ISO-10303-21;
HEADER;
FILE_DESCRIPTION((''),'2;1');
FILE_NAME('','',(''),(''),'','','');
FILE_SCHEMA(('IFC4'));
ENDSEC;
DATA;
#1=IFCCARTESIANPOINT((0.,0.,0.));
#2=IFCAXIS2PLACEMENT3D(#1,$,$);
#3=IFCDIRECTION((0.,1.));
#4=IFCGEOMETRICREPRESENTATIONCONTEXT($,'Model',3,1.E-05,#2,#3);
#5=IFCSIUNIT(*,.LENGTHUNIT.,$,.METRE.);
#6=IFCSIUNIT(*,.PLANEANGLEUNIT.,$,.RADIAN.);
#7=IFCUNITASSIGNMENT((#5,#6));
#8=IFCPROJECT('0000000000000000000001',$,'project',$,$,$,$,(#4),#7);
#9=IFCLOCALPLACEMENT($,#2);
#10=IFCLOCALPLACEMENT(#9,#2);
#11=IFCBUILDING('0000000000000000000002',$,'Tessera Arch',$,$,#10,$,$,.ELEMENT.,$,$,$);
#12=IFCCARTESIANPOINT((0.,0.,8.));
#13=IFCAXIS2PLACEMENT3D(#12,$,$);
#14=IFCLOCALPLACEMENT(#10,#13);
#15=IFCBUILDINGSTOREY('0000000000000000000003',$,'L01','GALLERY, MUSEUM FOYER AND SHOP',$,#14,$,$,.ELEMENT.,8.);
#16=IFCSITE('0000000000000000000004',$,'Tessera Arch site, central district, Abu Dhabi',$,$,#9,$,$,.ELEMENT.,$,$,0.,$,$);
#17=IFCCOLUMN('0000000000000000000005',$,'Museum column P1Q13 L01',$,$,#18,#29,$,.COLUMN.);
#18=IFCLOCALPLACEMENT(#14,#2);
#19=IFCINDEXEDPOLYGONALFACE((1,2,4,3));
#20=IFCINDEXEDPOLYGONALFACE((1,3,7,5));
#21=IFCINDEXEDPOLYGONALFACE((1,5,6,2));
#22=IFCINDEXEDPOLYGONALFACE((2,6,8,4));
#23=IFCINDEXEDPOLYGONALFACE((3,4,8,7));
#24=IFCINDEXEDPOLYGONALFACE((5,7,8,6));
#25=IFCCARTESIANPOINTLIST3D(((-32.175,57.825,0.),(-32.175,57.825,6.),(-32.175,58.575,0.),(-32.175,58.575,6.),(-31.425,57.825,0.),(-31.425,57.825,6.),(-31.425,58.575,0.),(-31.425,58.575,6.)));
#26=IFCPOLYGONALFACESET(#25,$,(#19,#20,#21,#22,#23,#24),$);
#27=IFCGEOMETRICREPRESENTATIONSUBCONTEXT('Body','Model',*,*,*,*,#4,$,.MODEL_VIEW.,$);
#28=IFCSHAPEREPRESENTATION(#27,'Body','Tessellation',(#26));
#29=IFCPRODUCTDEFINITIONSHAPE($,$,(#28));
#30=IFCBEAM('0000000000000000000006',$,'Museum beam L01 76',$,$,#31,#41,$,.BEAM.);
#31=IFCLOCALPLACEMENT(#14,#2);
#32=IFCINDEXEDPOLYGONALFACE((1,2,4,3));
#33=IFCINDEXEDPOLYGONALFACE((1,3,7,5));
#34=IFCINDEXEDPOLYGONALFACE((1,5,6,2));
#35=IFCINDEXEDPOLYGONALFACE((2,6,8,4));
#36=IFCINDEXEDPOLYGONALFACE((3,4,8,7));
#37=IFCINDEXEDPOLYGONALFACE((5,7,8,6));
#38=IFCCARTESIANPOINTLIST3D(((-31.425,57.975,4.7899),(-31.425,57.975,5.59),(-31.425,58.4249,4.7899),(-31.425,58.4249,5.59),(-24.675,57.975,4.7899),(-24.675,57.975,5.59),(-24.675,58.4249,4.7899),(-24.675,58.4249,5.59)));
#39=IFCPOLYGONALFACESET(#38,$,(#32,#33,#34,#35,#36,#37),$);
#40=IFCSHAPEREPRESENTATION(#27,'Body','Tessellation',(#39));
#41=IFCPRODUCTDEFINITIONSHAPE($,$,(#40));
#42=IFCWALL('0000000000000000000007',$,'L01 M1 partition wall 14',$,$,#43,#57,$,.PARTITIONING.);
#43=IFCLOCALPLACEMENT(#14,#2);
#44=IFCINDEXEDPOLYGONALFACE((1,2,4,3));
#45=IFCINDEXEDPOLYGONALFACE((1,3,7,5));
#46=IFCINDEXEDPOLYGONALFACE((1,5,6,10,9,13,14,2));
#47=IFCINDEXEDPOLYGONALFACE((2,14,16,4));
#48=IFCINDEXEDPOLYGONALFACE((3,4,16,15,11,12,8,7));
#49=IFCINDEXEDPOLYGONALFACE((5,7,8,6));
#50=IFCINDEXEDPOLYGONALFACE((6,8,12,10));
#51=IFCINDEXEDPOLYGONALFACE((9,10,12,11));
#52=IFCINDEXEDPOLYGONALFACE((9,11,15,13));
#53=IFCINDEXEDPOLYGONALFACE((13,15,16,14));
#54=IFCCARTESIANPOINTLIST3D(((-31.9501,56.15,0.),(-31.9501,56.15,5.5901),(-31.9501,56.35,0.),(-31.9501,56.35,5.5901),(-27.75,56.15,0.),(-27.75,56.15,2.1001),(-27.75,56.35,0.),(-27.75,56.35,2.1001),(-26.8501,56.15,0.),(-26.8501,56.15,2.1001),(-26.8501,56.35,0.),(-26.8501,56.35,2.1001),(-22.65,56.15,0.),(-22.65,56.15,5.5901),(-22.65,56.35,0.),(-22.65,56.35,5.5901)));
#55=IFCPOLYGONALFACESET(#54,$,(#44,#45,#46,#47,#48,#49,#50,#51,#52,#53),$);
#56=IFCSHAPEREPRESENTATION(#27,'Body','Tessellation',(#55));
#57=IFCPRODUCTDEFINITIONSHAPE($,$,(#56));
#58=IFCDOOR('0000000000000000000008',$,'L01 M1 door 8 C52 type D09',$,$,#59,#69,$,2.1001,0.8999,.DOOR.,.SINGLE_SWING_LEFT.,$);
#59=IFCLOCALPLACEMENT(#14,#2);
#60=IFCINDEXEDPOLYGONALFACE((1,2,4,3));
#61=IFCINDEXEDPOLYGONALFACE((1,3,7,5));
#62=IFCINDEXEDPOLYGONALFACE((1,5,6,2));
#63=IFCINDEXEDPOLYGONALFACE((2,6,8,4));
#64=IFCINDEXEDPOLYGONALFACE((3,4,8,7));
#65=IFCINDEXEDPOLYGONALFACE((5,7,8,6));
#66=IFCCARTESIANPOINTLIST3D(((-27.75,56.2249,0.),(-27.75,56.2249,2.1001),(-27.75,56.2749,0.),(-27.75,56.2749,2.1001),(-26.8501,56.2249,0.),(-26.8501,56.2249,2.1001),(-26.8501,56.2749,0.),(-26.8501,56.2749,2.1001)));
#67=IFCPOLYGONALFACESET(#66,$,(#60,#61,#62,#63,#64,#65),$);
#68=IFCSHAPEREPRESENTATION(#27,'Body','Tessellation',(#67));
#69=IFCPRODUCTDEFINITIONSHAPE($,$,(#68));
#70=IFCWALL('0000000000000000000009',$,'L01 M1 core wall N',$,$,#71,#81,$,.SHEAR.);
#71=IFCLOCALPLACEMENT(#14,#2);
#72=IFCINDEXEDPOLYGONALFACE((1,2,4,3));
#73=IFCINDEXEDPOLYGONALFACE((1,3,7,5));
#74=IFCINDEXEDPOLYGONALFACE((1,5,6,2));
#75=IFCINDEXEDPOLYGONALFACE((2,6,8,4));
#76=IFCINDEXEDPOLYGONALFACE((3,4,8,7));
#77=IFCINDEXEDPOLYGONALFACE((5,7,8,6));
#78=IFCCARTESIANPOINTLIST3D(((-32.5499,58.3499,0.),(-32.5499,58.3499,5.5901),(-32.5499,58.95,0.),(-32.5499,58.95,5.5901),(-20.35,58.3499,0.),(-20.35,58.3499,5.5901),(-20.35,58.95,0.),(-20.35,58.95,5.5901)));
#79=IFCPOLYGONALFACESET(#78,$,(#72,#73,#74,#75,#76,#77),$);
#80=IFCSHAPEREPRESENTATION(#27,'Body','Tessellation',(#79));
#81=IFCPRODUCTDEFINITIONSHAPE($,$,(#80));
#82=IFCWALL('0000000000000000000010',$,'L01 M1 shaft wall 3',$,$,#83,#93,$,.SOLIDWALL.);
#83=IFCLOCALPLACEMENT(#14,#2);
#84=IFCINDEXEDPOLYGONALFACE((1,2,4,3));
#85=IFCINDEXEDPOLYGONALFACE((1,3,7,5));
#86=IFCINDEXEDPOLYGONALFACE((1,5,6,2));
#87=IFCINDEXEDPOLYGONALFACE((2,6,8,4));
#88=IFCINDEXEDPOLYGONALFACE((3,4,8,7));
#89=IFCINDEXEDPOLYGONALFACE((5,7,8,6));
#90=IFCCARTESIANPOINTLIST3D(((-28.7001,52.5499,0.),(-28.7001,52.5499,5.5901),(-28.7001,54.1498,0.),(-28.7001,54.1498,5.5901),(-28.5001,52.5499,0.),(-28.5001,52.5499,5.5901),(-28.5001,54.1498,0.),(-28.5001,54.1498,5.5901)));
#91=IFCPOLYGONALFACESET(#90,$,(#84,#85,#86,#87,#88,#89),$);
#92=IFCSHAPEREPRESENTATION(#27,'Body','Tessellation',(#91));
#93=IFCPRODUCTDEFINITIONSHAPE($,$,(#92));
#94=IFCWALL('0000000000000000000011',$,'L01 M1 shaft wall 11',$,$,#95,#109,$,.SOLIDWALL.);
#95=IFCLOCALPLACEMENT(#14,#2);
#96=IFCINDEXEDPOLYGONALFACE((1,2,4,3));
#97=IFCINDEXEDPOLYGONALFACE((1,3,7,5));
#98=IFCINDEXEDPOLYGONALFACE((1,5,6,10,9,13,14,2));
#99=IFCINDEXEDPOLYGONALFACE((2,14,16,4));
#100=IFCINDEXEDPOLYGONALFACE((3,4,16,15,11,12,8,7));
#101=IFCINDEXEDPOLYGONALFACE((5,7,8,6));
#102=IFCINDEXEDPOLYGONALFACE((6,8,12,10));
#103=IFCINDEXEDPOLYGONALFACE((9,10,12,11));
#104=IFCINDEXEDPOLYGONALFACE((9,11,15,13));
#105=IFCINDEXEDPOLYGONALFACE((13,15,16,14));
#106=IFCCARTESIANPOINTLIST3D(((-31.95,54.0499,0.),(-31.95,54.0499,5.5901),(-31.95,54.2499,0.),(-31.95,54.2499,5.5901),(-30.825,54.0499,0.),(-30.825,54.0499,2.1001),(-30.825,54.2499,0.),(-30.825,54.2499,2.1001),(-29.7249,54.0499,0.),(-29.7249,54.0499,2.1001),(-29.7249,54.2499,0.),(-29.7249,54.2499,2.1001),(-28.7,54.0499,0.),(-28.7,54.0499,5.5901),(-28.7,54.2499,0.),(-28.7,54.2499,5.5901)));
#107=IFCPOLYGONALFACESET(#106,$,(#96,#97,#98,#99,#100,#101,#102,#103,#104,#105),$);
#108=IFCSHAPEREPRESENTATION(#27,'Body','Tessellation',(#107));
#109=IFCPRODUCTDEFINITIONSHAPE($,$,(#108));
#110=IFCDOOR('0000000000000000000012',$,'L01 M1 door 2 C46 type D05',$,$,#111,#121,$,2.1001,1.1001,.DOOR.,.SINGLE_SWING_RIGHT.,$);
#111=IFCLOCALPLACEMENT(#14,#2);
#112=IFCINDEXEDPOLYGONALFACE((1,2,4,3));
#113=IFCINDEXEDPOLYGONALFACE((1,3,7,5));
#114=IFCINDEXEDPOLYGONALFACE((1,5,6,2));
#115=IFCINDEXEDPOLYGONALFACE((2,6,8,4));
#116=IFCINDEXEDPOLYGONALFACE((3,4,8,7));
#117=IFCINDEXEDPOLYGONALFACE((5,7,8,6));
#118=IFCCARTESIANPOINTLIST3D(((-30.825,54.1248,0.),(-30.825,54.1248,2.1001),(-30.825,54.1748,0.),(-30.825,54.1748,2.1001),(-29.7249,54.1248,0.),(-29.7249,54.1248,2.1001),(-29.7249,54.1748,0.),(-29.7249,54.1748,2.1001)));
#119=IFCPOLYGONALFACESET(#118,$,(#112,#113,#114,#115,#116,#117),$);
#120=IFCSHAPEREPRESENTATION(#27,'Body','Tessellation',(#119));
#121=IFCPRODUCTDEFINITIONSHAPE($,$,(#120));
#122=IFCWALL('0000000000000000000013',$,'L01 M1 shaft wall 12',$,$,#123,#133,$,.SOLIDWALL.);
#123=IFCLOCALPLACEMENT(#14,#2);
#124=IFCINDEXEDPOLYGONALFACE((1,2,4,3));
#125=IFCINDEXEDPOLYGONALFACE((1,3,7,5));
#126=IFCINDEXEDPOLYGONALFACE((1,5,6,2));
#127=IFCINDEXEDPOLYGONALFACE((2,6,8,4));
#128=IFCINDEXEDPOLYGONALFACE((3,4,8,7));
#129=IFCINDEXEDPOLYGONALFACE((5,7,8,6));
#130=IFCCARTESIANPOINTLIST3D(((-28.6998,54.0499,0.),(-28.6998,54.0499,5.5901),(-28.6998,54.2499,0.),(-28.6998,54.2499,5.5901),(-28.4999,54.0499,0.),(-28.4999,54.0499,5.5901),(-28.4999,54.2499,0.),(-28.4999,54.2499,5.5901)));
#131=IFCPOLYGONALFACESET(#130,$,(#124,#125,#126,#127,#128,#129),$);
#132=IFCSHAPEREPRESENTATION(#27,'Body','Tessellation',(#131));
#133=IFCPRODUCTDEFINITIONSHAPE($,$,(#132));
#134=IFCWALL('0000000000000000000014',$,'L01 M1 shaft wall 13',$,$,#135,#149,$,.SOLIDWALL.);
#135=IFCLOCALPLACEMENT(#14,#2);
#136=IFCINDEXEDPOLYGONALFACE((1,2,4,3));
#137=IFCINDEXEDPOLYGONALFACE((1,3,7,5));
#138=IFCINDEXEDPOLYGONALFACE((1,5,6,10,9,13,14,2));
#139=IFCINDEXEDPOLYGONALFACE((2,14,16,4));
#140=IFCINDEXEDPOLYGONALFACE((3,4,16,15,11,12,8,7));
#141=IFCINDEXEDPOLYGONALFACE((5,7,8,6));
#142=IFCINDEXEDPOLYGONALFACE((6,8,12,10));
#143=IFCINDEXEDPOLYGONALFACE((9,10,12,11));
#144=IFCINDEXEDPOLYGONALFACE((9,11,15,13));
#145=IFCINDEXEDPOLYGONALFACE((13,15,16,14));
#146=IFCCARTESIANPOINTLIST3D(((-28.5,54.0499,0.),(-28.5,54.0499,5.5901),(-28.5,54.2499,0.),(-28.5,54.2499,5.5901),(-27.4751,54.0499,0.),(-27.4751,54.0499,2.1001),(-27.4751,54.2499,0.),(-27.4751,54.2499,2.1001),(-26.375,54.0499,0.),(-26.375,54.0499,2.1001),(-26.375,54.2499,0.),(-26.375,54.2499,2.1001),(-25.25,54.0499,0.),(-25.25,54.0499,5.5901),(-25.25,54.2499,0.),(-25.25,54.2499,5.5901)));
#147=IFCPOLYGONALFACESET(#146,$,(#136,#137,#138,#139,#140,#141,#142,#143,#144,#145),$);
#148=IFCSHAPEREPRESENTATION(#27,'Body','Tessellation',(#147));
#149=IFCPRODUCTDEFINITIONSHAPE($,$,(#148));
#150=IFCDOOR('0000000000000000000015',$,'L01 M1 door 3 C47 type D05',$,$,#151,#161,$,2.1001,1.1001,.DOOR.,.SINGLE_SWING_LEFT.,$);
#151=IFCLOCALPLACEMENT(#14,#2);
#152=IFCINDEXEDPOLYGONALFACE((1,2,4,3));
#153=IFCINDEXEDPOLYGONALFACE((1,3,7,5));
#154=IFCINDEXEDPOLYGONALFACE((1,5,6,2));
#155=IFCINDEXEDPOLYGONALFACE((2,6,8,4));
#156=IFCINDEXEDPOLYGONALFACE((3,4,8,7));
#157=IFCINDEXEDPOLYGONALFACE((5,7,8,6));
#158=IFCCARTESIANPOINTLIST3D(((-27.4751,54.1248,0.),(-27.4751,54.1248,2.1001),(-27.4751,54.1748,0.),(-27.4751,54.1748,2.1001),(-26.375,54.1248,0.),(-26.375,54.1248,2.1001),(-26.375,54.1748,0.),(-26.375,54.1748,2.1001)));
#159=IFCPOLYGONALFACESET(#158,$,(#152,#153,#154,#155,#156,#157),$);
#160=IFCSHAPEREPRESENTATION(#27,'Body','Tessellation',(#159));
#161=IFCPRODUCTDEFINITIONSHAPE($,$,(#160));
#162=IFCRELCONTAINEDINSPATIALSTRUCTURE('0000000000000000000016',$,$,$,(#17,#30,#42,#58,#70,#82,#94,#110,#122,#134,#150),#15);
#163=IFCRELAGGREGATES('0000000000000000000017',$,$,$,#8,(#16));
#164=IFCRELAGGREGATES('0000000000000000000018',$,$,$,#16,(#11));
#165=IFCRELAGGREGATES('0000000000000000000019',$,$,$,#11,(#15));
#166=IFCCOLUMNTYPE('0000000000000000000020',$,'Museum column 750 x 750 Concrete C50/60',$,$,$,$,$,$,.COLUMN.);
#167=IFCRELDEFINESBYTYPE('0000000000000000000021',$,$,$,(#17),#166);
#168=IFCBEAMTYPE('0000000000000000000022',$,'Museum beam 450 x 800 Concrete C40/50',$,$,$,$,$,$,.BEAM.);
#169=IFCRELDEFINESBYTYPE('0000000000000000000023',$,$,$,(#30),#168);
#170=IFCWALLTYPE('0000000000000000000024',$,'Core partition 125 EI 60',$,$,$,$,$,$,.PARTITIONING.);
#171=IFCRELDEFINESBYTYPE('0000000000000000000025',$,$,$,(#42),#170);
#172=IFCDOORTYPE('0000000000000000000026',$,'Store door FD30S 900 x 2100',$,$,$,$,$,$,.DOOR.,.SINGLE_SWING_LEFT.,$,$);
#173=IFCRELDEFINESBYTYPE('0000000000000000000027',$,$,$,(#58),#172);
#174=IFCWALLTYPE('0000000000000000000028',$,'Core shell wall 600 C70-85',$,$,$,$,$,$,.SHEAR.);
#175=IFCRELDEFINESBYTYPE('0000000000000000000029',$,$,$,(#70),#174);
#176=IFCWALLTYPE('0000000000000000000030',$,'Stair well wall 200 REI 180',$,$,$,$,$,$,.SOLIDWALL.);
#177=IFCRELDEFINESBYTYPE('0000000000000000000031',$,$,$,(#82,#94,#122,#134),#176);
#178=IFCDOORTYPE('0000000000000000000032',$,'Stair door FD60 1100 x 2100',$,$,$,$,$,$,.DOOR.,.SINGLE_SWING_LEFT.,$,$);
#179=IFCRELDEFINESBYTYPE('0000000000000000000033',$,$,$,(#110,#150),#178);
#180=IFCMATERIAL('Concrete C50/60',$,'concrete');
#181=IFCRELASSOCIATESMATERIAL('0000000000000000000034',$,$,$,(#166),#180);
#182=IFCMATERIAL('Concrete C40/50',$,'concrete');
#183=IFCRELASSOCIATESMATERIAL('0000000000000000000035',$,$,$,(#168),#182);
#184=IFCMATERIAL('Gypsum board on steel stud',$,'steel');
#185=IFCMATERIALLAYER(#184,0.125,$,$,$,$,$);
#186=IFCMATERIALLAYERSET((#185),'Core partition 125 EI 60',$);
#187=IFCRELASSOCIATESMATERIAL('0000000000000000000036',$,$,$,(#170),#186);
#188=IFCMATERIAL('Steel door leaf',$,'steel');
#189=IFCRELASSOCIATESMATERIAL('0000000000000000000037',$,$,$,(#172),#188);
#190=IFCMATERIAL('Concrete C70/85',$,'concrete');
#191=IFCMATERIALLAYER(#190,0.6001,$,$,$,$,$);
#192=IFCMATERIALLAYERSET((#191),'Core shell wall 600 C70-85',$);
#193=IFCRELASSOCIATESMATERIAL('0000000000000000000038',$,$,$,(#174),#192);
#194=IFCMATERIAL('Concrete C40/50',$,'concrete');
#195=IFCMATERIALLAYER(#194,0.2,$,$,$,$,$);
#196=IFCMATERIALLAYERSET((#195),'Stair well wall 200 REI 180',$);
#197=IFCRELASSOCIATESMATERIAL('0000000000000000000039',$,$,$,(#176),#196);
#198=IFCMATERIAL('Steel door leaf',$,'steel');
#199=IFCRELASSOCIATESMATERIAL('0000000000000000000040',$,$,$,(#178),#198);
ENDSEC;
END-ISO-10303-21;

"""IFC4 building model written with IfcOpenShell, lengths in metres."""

from ifc_helpers import new_model, si_unit, direction, frame, frame_2d, origin, origin_2d, place, context, subcontext, project, spatial, rectangle, extrude, material, layer, layer_set, material_profile, profile_set, type_object, element, fill, save


model = new_model("IFC4")

# Units and contexts
model_context = context("Model", 3, precision=1e-05, world=origin(), true_north=direction((0.0, 1.0)))
body_context = subcontext(model_context, "Body", "Model", "MODEL_VIEW")
ifc_project = project(units=[si_unit("LENGTHUNIT", "METRE"), si_unit("PLANEANGLEUNIT", "RADIAN")], contexts=[model_context])

# Site, building, storey
site_placement = place(None, origin())
site = spatial("IfcSite", under=ifc_project, at=site_placement, Name="Tessera Arch site, central district, Abu Dhabi", CompositionType="ELEMENT", RefElevation=0.0)
building_placement = place(site_placement, origin())
building = spatial("IfcBuilding", under=site, at=building_placement, Name="Tessera Arch", CompositionType="ELEMENT")
storey_placement = place(building_placement, frame((0.0, 0.0, 8.0)))
storey = spatial("IfcBuildingStorey", under=building, at=storey_placement, Name="L01", Description="GALLERY, MUSEUM FOYER AND SHOP", CompositionType="ELEMENT", Elevation=8.0)

# Column
ifc_material_1 = material(Name="Concrete C50/60", Category="concrete")
ifc_material_profile_1 = material_profile(ifc_material_1, rectangle(XDim=0.75, YDim=0.75, at=origin_2d()), Name="Museum column 750 x 750 Concrete C50/60")
ifc_profile_set_1 = profile_set([ifc_material_profile_1], Name="Concrete C50/60")
column_type = type_object("IfcColumnType", Name="Museum column 750 x 750 Concrete C50/60", PredefinedType="COLUMN", material=ifc_profile_set_1)
column_placement = place(storey_placement, frame((-31.8, 58.2, 0.0), z_axis=(0.0, 0.0, 1.0), x_axis=(1.0, 0.0, 0.0)))
element("IfcColumn", 1, at=column_placement, inside=storey, type_object=column_type, Name="Museum column P1Q13 L01", PredefinedType="COLUMN", context=body_context, shape_type="SweptSolid", body=[
    extrude(rectangle(XDim=0.75, YDim=0.75, at=origin_2d()), origin(), (0.0, 0.0, 1.0), 6.0),
])

# Beam
ifc_material_2 = material(Name="Concrete C40/50", Category="concrete")
ifc_material_profile_2 = material_profile(ifc_material_2, rectangle(XDim=0.45, YDim=0.8, at=origin_2d()), Name="Museum beam 450 x 800 Concrete C40/50")
ifc_profile_set_2 = profile_set([ifc_material_profile_2], Name="Concrete C40/50")
beam_type = type_object("IfcBeamType", Name="Museum beam 450 x 800 Concrete C40/50", PredefinedType="BEAM", material=ifc_profile_set_2)
beam_placement = place(storey_placement, frame((-31.425, 58.2, 5.1899), z_axis=(1.0, 0.0, 0.0), x_axis=(0.0, 1.0, 0.0)))
element("IfcBeam", 2, at=beam_placement, inside=storey, type_object=beam_type, Name="Museum beam L01 76", PredefinedType="BEAM", context=body_context, shape_type="SweptSolid", body=[
    extrude(rectangle(XDim=0.45, YDim=0.8, at=origin_2d()), origin(), (0.0, 0.0, 1.0), 6.75),
])

# Wall, opening, door
ifc_material_3 = material(Name="Gypsum board on steel stud", Category="steel")
ifc_layer_1 = layer(ifc_material_3, 0.125)
ifc_layer_set_1 = layer_set([ifc_layer_1], Name="Core partition 125 EI 60")
wall_type_1 = type_object("IfcWallType", Name="Core partition 125 EI 60", PredefinedType="PARTITIONING", material=ifc_layer_set_1)
wall_1_placement = place(storey_placement, frame((-31.95, 56.25, 0.0), z_axis=(0.0, 0.0, 1.0), x_axis=(1.0, 0.0, 0.0)))
wall_1 = element("IfcWall", 3, at=wall_1_placement, inside=storey, type_object=wall_type_1, Name="L01 M1 partition wall 14", PredefinedType="PARTITIONING", context=body_context, shape_type="SweptSolid", body=[
    extrude(rectangle(XDim=9.3, YDim=0.2, at=frame_2d((4.6499, 0.0))), origin(), (0.0, 0.0, 1.0), 5.5901),
])
opening_1_placement = place(wall_1_placement, frame((4.2, 0.0, 0.0)))
opening_1 = element("IfcOpeningElement", 4, at=opening_1_placement, cuts=wall_1, PredefinedType="OPENING", context=body_context, shape_type="SweptSolid", body=[
    extrude(rectangle(XDim=0.8999, YDim=2.1001, at=frame_2d((0.45, 1.05))), frame((0.0, 0.1099, 0.0), z_axis=(0.0, -1.0, 0.0), x_axis=(1.0, 0.0, 0.0)), (0.0, 0.0, 1.0), 0.22),
])
ifc_material_4 = material(Name="Steel door leaf", Category="steel")
door_type_1 = type_object("IfcDoorType", Name="Store door FD30S 900 x 2100", OperationType="SINGLE_SWING_LEFT", PredefinedType="DOOR", material=ifc_material_4)
door_1_placement = place(opening_1_placement, origin())
door_1 = element("IfcDoor", 5, at=door_1_placement, inside=storey, type_object=door_type_1, Name="L01 M1 door 8 C52 type D09", OperationType="SINGLE_SWING_LEFT", OverallHeight=2.1001, OverallWidth=0.8999, PredefinedType="DOOR", context=body_context, shape_type="SweptSolid", body=[
    extrude(rectangle(XDim=0.8999, YDim=2.1001, at=frame_2d((0.45, 1.05))), frame((0.0, 0.0249, 0.0), z_axis=(0.0, -1.0, 0.0), x_axis=(1.0, 0.0, 0.0)), (0.0, 0.0, 1.0), 0.05),
])
fill(opening_1, door_1)

# Walls
ifc_material_5 = material(Name="Concrete C70/85", Category="concrete")
ifc_layer_2 = layer(ifc_material_5, 0.6001)
ifc_layer_set_2 = layer_set([ifc_layer_2], Name="Core shell wall 600 C70-85")
wall_type_2 = type_object("IfcWallType", Name="Core shell wall 600 C70-85", PredefinedType="SHEAR", material=ifc_layer_set_2)
wall_2_placement = place(storey_placement, frame((-32.55, 58.6499, 0.0), z_axis=(0.0, 0.0, 1.0), x_axis=(1.0, 0.0, 0.0)))
element("IfcWall", 6, at=wall_2_placement, inside=storey, type_object=wall_type_2, Name="L01 M1 core wall N", PredefinedType="SHEAR", context=body_context, shape_type="SweptSolid", body=[
    extrude(rectangle(XDim=12.2, YDim=0.6001, at=frame_2d((6.1001, 0.0))), origin(), (0.0, 0.0, 1.0), 5.5901),
])
ifc_material_6 = material(Name="Concrete C40/50", Category="concrete")
ifc_layer_3 = layer(ifc_material_6, 0.2)
ifc_layer_set_3 = layer_set([ifc_layer_3], Name="Stair well wall 200 REI 180")
wall_type_3 = type_object("IfcWallType", Name="Stair well wall 200 REI 180", PredefinedType="SOLIDWALL", material=ifc_layer_set_3)
wall_3_placement = place(storey_placement, frame((-28.6001, 52.55, 0.0), z_axis=(0.0, 0.0, 1.0), x_axis=(0.0, 1.0, 0.0)))
element("IfcWall", 7, at=wall_3_placement, inside=storey, type_object=wall_type_3, Name="L01 M1 shaft wall 3", PredefinedType="SOLIDWALL", context=body_context, shape_type="SweptSolid", body=[
    extrude(rectangle(XDim=1.5999, YDim=0.2, at=frame_2d((0.7998, 0.0))), origin(), (0.0, 0.0, 1.0), 5.5901),
])

# Wall, opening, door
wall_4_placement = place(storey_placement, frame((-31.95, 54.1499, 0.0), z_axis=(0.0, 0.0, 1.0), x_axis=(1.0, 0.0, 0.0)))
wall_4 = element("IfcWall", 8, at=wall_4_placement, inside=storey, type_object=wall_type_3, Name="L01 M1 shaft wall 11", PredefinedType="SOLIDWALL", context=body_context, shape_type="SweptSolid", body=[
    extrude(rectangle(XDim=3.25, YDim=0.2, at=frame_2d((1.625, 0.0))), origin(), (0.0, 0.0, 1.0), 5.5901),
])
opening_2_placement = place(wall_4_placement, frame((1.125, 0.0, 0.0)))
opening_2 = element("IfcOpeningElement", 9, at=opening_2_placement, cuts=wall_4, PredefinedType="OPENING", context=body_context, shape_type="SweptSolid", body=[
    extrude(rectangle(XDim=1.1001, YDim=2.1001, at=frame_2d((0.55, 1.05))), frame((0.0, 0.1099, 0.0), z_axis=(0.0, -1.0, 0.0), x_axis=(1.0, 0.0, 0.0)), (0.0, 0.0, 1.0), 0.22),
])
ifc_material_7 = material(Name="Steel door leaf", Category="steel")
door_type_2 = type_object("IfcDoorType", Name="Stair door FD60 1100 x 2100", OperationType="SINGLE_SWING_LEFT", PredefinedType="DOOR", material=ifc_material_7)
door_2_placement = place(opening_2_placement, origin())
door_2 = element("IfcDoor", 10, at=door_2_placement, inside=storey, type_object=door_type_2, Name="L01 M1 door 2 C46 type D05", OperationType="SINGLE_SWING_RIGHT", OverallHeight=2.1001, OverallWidth=1.1001, PredefinedType="DOOR", context=body_context, shape_type="SweptSolid", body=[
    extrude(rectangle(XDim=1.1001, YDim=2.1001, at=frame_2d((0.55, 1.05))), frame((0.0, 0.0249, 0.0), z_axis=(0.0, -1.0, 0.0), x_axis=(1.0, 0.0, 0.0)), (0.0, 0.0, 1.0), 0.05),
])
fill(opening_2, door_2)

# Wall
wall_5_placement = place(storey_placement, frame((-28.7, 54.1499, 0.0), z_axis=(0.0, 0.0, 1.0), x_axis=(1.0, 0.0, 0.0)))
element("IfcWall", 11, at=wall_5_placement, inside=storey, type_object=wall_type_3, Name="L01 M1 shaft wall 12", PredefinedType="SOLIDWALL", context=body_context, shape_type="SweptSolid", body=[
    extrude(rectangle(XDim=0.2, YDim=0.2, at=frame_2d((0.1001, 0.0))), origin(), (0.0, 0.0, 1.0), 5.5901),
])

# Wall, opening, door
wall_6_placement = place(storey_placement, frame((-28.5, 54.1499, 0.0), z_axis=(0.0, 0.0, 1.0), x_axis=(1.0, 0.0, 0.0)))
wall_6 = element("IfcWall", 12, at=wall_6_placement, inside=storey, type_object=wall_type_3, Name="L01 M1 shaft wall 13", PredefinedType="SOLIDWALL", context=body_context, shape_type="SweptSolid", body=[
    extrude(rectangle(XDim=3.25, YDim=0.2, at=frame_2d((1.625, 0.0))), origin(), (0.0, 0.0, 1.0), 5.5901),
])
opening_3_placement = place(wall_6_placement, frame((1.0249, 0.0, 0.0)))
opening_3 = element("IfcOpeningElement", 13, at=opening_3_placement, cuts=wall_6, PredefinedType="OPENING", context=body_context, shape_type="SweptSolid", body=[
    extrude(rectangle(XDim=1.1001, YDim=2.1001, at=frame_2d((0.55, 1.05))), frame((0.0, 0.1099, 0.0), z_axis=(0.0, -1.0, 0.0), x_axis=(1.0, 0.0, 0.0)), (0.0, 0.0, 1.0), 0.22),
])
door_3_placement = place(opening_3_placement, origin())
door_3 = element("IfcDoor", 14, at=door_3_placement, inside=storey, type_object=door_type_2, Name="L01 M1 door 3 C47 type D05", OperationType="SINGLE_SWING_LEFT", OverallHeight=2.1001, OverallWidth=1.1001, PredefinedType="DOOR", context=body_context, shape_type="SweptSolid", body=[
    extrude(rectangle(XDim=1.1001, YDim=2.1001, at=frame_2d((0.55, 1.05))), frame((0.0, 0.0249, 0.0), z_axis=(0.0, -1.0, 0.0), x_axis=(1.0, 0.0, 0.0)), (0.0, 0.0, 1.0), 0.05),
])
fill(opening_3, door_3)

save(model, "model.ifc")
